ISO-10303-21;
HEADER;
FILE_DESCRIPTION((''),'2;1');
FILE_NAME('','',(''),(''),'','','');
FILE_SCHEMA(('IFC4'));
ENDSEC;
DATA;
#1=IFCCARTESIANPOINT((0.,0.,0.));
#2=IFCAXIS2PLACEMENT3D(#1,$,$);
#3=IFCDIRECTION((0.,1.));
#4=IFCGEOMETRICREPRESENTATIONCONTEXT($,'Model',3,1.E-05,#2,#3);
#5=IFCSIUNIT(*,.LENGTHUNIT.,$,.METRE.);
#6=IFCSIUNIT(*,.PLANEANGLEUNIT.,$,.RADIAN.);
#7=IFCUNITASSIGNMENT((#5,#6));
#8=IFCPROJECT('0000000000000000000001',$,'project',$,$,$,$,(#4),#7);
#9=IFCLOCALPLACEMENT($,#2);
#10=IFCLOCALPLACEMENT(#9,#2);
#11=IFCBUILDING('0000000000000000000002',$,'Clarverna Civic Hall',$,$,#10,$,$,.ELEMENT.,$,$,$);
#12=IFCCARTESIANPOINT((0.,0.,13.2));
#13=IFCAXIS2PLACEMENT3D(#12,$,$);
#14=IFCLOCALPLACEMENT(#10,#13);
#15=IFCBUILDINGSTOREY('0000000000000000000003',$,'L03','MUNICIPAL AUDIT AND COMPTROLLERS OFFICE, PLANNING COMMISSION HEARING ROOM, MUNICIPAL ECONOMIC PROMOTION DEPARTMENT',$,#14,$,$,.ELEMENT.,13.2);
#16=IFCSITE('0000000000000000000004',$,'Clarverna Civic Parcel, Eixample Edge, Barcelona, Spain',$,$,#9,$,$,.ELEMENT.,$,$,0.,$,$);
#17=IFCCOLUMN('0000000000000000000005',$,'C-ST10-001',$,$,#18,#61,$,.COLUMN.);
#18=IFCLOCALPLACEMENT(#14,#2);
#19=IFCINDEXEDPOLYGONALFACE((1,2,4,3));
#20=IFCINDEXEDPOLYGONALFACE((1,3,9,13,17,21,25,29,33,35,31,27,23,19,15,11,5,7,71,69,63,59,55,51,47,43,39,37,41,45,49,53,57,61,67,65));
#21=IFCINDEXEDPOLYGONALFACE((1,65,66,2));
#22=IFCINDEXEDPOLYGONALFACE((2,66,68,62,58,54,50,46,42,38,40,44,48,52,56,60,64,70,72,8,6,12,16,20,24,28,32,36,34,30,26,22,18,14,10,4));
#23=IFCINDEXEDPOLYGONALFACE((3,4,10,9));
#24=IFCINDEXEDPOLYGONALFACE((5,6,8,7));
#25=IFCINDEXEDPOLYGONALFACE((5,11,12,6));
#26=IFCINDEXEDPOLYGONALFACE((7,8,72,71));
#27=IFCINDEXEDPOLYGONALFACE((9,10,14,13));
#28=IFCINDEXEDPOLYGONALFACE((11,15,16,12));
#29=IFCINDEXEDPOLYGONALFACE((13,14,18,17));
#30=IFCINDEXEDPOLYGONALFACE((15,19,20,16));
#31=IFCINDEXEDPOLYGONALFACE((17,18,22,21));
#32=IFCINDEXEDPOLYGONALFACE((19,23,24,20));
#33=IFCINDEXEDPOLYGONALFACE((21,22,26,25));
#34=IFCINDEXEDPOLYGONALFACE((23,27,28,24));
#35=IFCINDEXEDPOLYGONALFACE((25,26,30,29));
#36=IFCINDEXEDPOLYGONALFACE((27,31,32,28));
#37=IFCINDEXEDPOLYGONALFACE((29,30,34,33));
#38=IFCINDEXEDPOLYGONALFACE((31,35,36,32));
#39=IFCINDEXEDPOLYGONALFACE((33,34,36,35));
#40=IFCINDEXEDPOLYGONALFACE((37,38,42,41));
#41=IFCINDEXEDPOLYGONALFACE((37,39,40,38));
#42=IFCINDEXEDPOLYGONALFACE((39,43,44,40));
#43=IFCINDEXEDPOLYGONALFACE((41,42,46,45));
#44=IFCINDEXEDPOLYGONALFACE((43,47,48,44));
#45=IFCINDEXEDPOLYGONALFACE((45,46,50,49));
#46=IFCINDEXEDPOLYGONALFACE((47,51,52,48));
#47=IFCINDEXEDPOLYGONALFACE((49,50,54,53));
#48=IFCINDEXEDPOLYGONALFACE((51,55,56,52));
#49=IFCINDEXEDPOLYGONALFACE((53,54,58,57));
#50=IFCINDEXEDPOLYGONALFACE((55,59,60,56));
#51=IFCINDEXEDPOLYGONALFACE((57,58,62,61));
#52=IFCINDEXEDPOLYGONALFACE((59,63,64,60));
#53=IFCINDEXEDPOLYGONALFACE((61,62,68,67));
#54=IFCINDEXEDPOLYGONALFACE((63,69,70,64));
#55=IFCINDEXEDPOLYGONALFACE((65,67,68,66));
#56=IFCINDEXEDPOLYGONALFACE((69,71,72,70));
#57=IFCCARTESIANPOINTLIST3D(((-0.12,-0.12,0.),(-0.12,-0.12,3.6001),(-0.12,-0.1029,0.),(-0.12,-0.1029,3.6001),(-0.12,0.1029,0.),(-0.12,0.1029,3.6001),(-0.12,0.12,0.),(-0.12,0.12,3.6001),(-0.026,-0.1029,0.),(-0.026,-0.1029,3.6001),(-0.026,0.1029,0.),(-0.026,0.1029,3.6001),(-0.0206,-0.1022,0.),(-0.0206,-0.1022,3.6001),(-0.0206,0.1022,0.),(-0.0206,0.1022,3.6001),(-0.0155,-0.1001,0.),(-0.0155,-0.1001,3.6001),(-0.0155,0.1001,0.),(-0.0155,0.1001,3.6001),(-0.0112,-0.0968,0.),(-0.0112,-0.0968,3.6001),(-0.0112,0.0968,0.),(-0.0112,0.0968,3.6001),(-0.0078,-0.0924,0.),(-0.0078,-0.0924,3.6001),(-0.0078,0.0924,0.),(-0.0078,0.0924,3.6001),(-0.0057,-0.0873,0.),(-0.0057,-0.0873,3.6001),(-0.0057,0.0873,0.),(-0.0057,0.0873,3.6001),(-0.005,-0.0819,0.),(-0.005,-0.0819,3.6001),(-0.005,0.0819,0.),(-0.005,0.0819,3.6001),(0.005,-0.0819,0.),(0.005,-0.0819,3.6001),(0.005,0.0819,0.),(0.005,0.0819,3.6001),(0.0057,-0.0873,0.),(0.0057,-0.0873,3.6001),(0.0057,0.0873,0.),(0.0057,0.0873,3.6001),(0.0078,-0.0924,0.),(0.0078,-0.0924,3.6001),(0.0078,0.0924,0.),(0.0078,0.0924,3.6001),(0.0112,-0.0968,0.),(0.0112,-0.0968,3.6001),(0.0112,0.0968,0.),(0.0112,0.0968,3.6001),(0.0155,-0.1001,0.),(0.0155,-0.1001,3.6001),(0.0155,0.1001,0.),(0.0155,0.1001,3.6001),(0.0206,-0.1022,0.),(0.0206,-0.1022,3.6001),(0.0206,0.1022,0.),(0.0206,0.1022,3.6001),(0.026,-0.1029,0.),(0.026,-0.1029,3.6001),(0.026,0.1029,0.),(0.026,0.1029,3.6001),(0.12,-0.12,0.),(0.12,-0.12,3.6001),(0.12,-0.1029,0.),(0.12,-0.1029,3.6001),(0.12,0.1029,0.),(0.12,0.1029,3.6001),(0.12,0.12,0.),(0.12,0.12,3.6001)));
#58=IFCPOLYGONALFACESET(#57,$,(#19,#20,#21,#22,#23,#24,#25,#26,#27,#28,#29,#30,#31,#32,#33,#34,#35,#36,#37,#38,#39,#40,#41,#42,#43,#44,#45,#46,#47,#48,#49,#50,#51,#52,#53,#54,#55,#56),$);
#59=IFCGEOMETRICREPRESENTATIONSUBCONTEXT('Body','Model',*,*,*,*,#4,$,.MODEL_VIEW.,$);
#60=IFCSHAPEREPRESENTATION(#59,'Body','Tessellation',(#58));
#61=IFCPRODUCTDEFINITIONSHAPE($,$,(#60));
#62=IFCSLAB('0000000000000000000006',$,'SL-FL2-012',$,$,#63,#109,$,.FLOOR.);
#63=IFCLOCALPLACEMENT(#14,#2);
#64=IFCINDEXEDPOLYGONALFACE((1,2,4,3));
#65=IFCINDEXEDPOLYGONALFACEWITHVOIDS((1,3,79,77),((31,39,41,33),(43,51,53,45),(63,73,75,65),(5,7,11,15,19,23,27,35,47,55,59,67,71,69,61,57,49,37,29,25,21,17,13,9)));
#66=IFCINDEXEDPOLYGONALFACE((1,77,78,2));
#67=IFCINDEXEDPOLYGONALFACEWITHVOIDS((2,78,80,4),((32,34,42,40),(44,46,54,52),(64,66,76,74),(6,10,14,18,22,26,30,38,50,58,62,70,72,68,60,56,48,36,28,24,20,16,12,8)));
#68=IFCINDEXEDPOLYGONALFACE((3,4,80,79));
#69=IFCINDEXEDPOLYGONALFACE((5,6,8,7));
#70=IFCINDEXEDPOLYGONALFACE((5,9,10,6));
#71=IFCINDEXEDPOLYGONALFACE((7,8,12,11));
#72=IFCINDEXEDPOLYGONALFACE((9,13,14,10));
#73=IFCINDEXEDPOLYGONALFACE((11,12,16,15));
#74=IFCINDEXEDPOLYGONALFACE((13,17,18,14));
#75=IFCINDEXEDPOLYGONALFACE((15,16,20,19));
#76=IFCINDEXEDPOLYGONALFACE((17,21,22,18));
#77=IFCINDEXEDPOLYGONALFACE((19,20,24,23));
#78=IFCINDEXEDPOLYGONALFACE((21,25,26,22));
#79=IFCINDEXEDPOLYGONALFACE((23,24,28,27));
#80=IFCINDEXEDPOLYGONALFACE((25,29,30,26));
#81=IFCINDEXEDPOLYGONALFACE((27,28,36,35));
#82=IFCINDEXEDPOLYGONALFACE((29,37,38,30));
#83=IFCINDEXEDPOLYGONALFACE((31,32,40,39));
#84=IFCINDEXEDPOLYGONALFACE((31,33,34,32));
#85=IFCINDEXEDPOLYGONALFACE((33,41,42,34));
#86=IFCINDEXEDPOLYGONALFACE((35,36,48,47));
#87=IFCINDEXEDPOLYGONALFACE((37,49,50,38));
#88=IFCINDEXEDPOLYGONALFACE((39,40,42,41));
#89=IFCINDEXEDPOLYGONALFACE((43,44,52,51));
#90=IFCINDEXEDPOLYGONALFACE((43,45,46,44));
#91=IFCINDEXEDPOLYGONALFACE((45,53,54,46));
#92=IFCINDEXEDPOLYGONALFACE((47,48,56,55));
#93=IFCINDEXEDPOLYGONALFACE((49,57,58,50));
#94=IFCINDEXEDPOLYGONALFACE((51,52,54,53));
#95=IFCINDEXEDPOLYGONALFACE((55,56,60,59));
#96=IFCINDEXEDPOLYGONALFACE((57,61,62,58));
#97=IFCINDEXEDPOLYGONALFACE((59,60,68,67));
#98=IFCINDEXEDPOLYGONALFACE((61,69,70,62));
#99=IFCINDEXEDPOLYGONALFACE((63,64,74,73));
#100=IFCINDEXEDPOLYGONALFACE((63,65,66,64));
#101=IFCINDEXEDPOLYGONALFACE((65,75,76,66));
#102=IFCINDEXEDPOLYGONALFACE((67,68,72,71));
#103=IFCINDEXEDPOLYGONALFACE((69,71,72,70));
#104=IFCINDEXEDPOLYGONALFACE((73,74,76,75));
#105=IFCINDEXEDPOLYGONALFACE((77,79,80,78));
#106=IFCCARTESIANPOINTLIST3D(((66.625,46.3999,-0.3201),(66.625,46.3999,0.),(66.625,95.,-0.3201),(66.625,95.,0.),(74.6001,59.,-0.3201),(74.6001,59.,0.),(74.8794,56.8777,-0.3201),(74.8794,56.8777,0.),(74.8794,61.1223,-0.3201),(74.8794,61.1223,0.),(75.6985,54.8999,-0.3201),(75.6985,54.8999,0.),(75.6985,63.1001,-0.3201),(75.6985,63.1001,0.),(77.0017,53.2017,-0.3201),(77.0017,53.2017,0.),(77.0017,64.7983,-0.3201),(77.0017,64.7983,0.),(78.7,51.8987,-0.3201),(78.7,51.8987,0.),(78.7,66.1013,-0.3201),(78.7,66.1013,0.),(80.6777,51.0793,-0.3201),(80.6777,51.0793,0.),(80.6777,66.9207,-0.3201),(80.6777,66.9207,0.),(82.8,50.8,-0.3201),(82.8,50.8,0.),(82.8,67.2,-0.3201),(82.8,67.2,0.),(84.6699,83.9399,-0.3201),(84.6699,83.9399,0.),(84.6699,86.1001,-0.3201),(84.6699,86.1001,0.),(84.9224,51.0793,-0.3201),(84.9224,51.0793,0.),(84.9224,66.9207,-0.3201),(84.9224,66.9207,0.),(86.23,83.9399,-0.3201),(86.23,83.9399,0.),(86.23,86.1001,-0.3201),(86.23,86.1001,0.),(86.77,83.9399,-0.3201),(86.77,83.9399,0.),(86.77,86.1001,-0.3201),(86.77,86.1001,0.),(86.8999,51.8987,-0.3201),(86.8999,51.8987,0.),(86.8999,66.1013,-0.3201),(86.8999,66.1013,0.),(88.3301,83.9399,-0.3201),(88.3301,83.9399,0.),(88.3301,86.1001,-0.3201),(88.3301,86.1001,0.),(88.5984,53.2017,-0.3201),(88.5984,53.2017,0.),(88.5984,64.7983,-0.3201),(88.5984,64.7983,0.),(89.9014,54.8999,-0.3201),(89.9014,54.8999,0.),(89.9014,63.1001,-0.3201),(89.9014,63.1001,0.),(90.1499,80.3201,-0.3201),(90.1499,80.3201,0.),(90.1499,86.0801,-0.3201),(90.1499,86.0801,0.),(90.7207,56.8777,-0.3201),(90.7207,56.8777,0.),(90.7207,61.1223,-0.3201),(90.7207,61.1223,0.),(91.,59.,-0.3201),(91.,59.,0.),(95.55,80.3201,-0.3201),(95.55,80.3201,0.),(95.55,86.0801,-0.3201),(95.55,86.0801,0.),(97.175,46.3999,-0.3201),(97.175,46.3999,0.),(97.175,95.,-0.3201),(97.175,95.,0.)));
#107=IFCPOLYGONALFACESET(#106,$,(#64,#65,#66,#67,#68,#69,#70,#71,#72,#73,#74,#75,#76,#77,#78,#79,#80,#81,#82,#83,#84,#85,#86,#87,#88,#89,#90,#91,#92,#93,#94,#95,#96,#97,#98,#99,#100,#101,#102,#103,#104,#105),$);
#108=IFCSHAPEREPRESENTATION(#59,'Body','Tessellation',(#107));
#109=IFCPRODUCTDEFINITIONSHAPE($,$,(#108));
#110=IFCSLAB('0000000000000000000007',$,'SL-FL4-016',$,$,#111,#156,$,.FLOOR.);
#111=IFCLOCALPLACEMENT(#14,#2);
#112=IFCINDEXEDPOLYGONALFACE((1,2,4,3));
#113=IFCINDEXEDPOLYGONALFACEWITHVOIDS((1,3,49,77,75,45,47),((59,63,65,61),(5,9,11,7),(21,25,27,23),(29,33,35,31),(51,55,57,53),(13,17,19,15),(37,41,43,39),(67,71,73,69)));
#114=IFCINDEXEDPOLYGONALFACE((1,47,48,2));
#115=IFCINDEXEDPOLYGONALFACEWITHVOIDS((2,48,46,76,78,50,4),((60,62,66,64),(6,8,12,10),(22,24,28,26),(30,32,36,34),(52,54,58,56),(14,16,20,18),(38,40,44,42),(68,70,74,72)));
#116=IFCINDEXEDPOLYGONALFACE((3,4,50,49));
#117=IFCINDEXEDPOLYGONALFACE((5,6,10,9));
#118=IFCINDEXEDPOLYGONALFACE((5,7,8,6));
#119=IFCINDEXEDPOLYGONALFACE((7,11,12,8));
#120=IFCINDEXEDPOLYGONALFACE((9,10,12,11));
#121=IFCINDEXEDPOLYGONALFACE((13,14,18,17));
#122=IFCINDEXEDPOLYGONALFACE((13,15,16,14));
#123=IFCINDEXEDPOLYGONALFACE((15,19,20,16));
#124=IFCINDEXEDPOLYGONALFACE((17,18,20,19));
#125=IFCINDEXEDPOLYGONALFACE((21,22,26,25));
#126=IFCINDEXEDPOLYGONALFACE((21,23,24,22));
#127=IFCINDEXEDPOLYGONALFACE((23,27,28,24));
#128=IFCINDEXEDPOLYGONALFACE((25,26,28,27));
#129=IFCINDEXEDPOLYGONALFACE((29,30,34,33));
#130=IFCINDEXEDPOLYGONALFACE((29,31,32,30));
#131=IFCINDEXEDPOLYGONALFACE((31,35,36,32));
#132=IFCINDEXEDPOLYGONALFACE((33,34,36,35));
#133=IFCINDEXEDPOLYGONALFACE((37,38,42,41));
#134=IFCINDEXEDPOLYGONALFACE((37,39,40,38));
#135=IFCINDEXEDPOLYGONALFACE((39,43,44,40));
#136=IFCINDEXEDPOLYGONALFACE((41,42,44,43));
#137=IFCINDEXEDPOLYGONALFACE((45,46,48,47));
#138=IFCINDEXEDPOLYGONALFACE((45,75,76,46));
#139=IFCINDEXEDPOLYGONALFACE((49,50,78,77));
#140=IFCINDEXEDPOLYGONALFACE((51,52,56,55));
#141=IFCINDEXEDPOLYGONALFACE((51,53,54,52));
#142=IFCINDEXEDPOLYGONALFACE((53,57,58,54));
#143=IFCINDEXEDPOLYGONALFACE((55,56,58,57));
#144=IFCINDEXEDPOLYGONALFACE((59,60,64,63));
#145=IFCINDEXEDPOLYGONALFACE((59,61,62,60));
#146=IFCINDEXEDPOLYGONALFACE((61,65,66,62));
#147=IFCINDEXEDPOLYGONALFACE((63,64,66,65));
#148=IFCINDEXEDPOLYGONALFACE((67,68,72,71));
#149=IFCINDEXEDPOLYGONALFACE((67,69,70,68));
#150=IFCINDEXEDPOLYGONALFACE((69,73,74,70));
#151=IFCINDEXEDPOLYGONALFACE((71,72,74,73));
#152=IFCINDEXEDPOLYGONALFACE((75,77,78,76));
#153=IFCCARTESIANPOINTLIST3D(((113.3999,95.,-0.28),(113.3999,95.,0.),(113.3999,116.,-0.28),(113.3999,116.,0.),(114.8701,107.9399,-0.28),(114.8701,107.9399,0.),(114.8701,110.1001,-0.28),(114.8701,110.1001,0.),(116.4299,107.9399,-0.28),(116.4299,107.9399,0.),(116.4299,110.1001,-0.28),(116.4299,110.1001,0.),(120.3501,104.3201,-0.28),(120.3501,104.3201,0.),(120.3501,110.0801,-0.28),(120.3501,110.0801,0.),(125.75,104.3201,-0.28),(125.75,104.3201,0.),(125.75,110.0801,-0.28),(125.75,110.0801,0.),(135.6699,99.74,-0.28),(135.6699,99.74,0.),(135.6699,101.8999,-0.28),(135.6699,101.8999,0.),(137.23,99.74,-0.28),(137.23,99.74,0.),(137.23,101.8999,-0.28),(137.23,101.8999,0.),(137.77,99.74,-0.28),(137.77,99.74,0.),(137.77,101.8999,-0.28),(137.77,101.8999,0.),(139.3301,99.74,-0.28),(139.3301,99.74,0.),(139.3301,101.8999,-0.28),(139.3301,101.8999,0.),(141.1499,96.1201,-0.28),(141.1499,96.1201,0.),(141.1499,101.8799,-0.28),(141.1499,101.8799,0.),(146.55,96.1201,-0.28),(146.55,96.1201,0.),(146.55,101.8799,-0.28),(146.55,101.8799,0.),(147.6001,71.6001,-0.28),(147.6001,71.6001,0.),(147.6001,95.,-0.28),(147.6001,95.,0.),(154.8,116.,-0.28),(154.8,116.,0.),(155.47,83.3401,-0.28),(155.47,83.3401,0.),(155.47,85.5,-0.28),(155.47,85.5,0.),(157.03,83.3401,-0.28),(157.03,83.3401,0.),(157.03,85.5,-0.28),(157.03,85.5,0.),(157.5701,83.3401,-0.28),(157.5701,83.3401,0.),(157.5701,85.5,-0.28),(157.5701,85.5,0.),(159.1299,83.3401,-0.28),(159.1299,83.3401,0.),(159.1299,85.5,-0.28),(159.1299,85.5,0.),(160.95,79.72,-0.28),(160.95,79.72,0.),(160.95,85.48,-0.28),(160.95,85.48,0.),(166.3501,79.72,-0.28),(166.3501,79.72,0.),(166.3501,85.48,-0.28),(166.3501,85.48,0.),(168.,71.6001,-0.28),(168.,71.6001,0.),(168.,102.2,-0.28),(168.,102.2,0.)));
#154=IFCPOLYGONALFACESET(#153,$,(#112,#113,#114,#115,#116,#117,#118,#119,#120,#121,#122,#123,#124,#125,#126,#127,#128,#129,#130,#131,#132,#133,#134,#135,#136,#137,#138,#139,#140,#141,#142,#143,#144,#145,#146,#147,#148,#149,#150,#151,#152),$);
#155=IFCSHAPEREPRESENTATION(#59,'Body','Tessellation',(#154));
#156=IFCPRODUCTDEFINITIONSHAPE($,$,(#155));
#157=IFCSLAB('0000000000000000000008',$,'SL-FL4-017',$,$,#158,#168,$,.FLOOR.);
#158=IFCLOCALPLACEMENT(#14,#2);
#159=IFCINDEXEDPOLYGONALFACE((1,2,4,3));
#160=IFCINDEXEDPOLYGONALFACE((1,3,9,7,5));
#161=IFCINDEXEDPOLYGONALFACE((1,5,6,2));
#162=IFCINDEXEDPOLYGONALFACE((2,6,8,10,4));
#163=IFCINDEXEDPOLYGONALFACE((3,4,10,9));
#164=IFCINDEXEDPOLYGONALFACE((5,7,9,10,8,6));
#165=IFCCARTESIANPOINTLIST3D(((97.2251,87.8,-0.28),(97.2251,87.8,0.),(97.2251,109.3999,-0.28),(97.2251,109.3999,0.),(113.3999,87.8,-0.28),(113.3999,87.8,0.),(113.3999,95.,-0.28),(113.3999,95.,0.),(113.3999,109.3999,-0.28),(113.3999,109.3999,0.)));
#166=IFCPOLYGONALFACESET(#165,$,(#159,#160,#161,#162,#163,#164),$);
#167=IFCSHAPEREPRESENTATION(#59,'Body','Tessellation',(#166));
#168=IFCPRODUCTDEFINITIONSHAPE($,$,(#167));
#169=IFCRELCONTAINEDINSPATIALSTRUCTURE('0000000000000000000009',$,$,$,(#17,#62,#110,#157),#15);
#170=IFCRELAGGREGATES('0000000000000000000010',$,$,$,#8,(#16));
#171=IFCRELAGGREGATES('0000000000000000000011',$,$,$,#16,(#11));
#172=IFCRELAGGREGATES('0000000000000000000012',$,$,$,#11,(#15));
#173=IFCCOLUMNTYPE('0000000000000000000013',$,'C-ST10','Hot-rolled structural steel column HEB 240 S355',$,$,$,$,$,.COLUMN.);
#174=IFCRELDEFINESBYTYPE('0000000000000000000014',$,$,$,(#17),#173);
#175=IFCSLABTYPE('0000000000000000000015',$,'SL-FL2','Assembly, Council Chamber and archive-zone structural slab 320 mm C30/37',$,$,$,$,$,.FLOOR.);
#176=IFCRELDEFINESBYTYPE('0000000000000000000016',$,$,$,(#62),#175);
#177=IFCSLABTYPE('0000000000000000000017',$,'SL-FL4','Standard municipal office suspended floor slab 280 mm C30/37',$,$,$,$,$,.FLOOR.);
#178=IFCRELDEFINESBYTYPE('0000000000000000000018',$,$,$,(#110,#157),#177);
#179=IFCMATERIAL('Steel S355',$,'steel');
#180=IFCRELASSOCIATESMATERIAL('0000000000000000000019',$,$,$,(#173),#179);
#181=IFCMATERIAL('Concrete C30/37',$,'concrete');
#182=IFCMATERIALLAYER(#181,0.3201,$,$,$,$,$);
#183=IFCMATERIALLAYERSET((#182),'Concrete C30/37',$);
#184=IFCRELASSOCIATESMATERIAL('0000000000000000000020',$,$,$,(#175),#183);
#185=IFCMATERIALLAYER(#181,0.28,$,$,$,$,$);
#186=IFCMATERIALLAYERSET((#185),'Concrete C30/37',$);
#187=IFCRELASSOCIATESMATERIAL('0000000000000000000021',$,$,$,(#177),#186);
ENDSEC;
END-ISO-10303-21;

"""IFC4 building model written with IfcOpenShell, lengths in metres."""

from ifc_helpers import new_model, si_unit, direction, frame, origin, origin_with_axes, origin_2d, place, context, subcontext, project, spatial, polyline, i_section, outline, extrude, material, layer, layer_set, material_profile, profile_set, type_object, element, save


model = new_model("IFC4")

# Units and contexts
model_context = context("Model", 3, precision=1e-05, world=origin(), true_north=direction((0.0, 1.0)))
body_context = subcontext(model_context, "Body", "Model", "MODEL_VIEW")
ifc_project = project(units=[si_unit("LENGTHUNIT", "METRE"), si_unit("PLANEANGLEUNIT", "RADIAN")], contexts=[model_context])

# Site, building, storey
site_placement = place(None, origin())
site = spatial("IfcSite", under=ifc_project, at=site_placement, Name="Clarverna Civic Parcel, Eixample Edge, Barcelona, Spain", CompositionType="ELEMENT", RefElevation=0.0)
building_placement = place(site_placement, origin())
building = spatial("IfcBuilding", under=site, at=building_placement, Name="Clarverna Civic Hall", CompositionType="ELEMENT")
storey_placement = place(building_placement, frame((0.0, 0.0, 13.2)))
storey = spatial("IfcBuildingStorey", under=building, at=storey_placement, Name="L03", Description="MUNICIPAL AUDIT AND COMPTROLLERS OFFICE, PLANNING COMMISSION HEARING ROOM, MUNICIPAL ECONOMIC PROMOTION DEPARTMENT", CompositionType="ELEMENT", Elevation=13.2)

# Column
ifc_material_1 = material(Name="Steel S355", Category="steel")
ifc_material_profile = material_profile(ifc_material_1, i_section(OverallWidth=0.24, OverallDepth=0.24, WebThickness=0.01, FlangeThickness=0.0171, FilletRadius=0.021, at=origin_2d()), Name="HEB 240")
ifc_profile_set = profile_set([ifc_material_profile], Name="Steel S355")
column_type = type_object("IfcColumnType", Name="C-ST10", Description="Hot-rolled structural steel column HEB 240 S355", PredefinedType="COLUMN", material=ifc_profile_set)
column_placement = place(storey_placement, origin_with_axes())
element("IfcColumn", 1, at=column_placement, inside=storey, type_object=column_type, Name="C-ST10-001", PredefinedType="COLUMN", context=body_context, shape_type="SweptSolid", body=[
    extrude(i_section(OverallWidth=0.24, OverallDepth=0.24, WebThickness=0.01, FlangeThickness=0.0171, FilletRadius=0.021, at=origin_2d()), origin(), (0.0, 0.0, 1.0), 3.6001),
])

# Slabs
ifc_material_2 = material(Name="Concrete C30/37", Category="concrete")
ifc_layer_1 = layer(ifc_material_2, 0.3201)
ifc_layer_set_1 = layer_set([ifc_layer_1], Name="Concrete C30/37")
slab_type_1 = type_object("IfcSlabType", Name="SL-FL2", Description="Assembly, Council Chamber and archive-zone structural slab 320 mm C30/37", PredefinedType="FLOOR", material=ifc_layer_set_1)
slab_1_placement = place(storey_placement, frame((0.0, 0.0, -0.3201)))
element("IfcSlab", 2, at=slab_1_placement, inside=storey, type_object=slab_type_1, Name="SL-FL2-012", PredefinedType="FLOOR", context=body_context, shape_type="SweptSolid", body=[
    extrude(outline(polyline([(97.175, 95.0), (66.625, 95.0), (66.625, 46.3999), (97.175, 46.3999), (97.175, 95.0)]), holes=[polyline([(91.0, 59.0), (90.7207, 61.1223), (89.9014, 63.1001), (88.5984, 64.7983), (86.8999, 66.1013), (84.9224, 66.9207), (82.8, 67.2), (80.6777, 66.9207), (78.7, 66.1013), (77.0017, 64.7983), (75.6985, 63.1001), (74.8794, 61.1223), (74.6001, 59.0), (74.8794, 56.8777), (75.6985, 54.8999), (77.0017, 53.2017), (78.7, 51.8987), (80.6777, 51.0793), (82.8, 50.8), (84.9224, 51.0793), (86.8999, 51.8987), (88.5984, 53.2017), (89.9014, 54.8999), (90.7207, 56.8777), (91.0, 59.0)]), polyline([(90.1499, 80.3201), (95.55, 80.3201), (95.55, 86.0801), (90.1499, 86.0801), (90.1499, 80.3201)]), polyline([(84.6699, 83.9399), (86.23, 83.9399), (86.23, 86.1001), (84.6699, 86.1001), (84.6699, 83.9399)]), polyline([(86.77, 83.9399), (88.3301, 83.9399), (88.3301, 86.1001), (86.77, 86.1001), (86.77, 83.9399)])]), origin(), (0.0, 0.0, 1.0), 0.3201),
])
ifc_layer_2 = layer(ifc_material_2, 0.28)
ifc_layer_set_2 = layer_set([ifc_layer_2], Name="Concrete C30/37")
slab_type_2 = type_object("IfcSlabType", Name="SL-FL4", Description="Standard municipal office suspended floor slab 280 mm C30/37", PredefinedType="FLOOR", material=ifc_layer_set_2)
slab_2_placement = place(storey_placement, frame((0.0, 0.0, -0.28)))
element("IfcSlab", 3, at=slab_2_placement, inside=storey, type_object=slab_type_2, Name="SL-FL4-016", PredefinedType="FLOOR", context=body_context, shape_type="SweptSolid", body=[
    extrude(outline(polyline([(113.3999, 95.0), (147.6001, 95.0), (147.6001, 71.6001), (168.0, 71.6001), (168.0, 102.2), (154.8, 116.0), (113.3999, 116.0), (113.3999, 95.0)]), holes=[polyline([(141.1499, 96.1201), (146.55, 96.1201), (146.55, 101.8799), (141.1499, 101.8799), (141.1499, 96.1201)]), polyline([(135.6699, 99.74), (137.23, 99.74), (137.23, 101.8999), (135.6699, 101.8999), (135.6699, 99.74)]), polyline([(137.77, 99.74), (139.3301, 99.74), (139.3301, 101.8999), (137.77, 101.8999), (137.77, 99.74)]), polyline([(160.95, 79.72), (166.3501, 79.72), (166.3501, 85.48), (160.95, 85.48), (160.95, 79.72)]), polyline([(155.47, 83.3401), (157.03, 83.3401), (157.03, 85.5), (155.47, 85.5), (155.47, 83.3401)]), polyline([(157.5701, 83.3401), (159.1299, 83.3401), (159.1299, 85.5), (157.5701, 85.5), (157.5701, 83.3401)]), polyline([(120.3501, 104.3201), (125.75, 104.3201), (125.75, 110.0801), (120.3501, 110.0801), (120.3501, 104.3201)]), polyline([(114.8701, 107.9399), (116.4299, 107.9399), (116.4299, 110.1001), (114.8701, 110.1001), (114.8701, 107.9399)])]), origin(), (0.0, 0.0, 1.0), 0.28),
])
slab_3_placement = place(storey_placement, frame((0.0, 0.0, -0.28)))
element("IfcSlab", 4, at=slab_3_placement, inside=storey, type_object=slab_type_2, Name="SL-FL4-017", PredefinedType="FLOOR", context=body_context, shape_type="SweptSolid", body=[
    extrude(outline(polyline([(113.3999, 109.3999), (97.2251, 109.3999), (97.2251, 87.8), (113.3999, 87.8), (113.3999, 95.0), (113.3999, 109.3999)])), origin(), (0.0, 0.0, 1.0), 0.28),
])

save(model, "model.ifc")
